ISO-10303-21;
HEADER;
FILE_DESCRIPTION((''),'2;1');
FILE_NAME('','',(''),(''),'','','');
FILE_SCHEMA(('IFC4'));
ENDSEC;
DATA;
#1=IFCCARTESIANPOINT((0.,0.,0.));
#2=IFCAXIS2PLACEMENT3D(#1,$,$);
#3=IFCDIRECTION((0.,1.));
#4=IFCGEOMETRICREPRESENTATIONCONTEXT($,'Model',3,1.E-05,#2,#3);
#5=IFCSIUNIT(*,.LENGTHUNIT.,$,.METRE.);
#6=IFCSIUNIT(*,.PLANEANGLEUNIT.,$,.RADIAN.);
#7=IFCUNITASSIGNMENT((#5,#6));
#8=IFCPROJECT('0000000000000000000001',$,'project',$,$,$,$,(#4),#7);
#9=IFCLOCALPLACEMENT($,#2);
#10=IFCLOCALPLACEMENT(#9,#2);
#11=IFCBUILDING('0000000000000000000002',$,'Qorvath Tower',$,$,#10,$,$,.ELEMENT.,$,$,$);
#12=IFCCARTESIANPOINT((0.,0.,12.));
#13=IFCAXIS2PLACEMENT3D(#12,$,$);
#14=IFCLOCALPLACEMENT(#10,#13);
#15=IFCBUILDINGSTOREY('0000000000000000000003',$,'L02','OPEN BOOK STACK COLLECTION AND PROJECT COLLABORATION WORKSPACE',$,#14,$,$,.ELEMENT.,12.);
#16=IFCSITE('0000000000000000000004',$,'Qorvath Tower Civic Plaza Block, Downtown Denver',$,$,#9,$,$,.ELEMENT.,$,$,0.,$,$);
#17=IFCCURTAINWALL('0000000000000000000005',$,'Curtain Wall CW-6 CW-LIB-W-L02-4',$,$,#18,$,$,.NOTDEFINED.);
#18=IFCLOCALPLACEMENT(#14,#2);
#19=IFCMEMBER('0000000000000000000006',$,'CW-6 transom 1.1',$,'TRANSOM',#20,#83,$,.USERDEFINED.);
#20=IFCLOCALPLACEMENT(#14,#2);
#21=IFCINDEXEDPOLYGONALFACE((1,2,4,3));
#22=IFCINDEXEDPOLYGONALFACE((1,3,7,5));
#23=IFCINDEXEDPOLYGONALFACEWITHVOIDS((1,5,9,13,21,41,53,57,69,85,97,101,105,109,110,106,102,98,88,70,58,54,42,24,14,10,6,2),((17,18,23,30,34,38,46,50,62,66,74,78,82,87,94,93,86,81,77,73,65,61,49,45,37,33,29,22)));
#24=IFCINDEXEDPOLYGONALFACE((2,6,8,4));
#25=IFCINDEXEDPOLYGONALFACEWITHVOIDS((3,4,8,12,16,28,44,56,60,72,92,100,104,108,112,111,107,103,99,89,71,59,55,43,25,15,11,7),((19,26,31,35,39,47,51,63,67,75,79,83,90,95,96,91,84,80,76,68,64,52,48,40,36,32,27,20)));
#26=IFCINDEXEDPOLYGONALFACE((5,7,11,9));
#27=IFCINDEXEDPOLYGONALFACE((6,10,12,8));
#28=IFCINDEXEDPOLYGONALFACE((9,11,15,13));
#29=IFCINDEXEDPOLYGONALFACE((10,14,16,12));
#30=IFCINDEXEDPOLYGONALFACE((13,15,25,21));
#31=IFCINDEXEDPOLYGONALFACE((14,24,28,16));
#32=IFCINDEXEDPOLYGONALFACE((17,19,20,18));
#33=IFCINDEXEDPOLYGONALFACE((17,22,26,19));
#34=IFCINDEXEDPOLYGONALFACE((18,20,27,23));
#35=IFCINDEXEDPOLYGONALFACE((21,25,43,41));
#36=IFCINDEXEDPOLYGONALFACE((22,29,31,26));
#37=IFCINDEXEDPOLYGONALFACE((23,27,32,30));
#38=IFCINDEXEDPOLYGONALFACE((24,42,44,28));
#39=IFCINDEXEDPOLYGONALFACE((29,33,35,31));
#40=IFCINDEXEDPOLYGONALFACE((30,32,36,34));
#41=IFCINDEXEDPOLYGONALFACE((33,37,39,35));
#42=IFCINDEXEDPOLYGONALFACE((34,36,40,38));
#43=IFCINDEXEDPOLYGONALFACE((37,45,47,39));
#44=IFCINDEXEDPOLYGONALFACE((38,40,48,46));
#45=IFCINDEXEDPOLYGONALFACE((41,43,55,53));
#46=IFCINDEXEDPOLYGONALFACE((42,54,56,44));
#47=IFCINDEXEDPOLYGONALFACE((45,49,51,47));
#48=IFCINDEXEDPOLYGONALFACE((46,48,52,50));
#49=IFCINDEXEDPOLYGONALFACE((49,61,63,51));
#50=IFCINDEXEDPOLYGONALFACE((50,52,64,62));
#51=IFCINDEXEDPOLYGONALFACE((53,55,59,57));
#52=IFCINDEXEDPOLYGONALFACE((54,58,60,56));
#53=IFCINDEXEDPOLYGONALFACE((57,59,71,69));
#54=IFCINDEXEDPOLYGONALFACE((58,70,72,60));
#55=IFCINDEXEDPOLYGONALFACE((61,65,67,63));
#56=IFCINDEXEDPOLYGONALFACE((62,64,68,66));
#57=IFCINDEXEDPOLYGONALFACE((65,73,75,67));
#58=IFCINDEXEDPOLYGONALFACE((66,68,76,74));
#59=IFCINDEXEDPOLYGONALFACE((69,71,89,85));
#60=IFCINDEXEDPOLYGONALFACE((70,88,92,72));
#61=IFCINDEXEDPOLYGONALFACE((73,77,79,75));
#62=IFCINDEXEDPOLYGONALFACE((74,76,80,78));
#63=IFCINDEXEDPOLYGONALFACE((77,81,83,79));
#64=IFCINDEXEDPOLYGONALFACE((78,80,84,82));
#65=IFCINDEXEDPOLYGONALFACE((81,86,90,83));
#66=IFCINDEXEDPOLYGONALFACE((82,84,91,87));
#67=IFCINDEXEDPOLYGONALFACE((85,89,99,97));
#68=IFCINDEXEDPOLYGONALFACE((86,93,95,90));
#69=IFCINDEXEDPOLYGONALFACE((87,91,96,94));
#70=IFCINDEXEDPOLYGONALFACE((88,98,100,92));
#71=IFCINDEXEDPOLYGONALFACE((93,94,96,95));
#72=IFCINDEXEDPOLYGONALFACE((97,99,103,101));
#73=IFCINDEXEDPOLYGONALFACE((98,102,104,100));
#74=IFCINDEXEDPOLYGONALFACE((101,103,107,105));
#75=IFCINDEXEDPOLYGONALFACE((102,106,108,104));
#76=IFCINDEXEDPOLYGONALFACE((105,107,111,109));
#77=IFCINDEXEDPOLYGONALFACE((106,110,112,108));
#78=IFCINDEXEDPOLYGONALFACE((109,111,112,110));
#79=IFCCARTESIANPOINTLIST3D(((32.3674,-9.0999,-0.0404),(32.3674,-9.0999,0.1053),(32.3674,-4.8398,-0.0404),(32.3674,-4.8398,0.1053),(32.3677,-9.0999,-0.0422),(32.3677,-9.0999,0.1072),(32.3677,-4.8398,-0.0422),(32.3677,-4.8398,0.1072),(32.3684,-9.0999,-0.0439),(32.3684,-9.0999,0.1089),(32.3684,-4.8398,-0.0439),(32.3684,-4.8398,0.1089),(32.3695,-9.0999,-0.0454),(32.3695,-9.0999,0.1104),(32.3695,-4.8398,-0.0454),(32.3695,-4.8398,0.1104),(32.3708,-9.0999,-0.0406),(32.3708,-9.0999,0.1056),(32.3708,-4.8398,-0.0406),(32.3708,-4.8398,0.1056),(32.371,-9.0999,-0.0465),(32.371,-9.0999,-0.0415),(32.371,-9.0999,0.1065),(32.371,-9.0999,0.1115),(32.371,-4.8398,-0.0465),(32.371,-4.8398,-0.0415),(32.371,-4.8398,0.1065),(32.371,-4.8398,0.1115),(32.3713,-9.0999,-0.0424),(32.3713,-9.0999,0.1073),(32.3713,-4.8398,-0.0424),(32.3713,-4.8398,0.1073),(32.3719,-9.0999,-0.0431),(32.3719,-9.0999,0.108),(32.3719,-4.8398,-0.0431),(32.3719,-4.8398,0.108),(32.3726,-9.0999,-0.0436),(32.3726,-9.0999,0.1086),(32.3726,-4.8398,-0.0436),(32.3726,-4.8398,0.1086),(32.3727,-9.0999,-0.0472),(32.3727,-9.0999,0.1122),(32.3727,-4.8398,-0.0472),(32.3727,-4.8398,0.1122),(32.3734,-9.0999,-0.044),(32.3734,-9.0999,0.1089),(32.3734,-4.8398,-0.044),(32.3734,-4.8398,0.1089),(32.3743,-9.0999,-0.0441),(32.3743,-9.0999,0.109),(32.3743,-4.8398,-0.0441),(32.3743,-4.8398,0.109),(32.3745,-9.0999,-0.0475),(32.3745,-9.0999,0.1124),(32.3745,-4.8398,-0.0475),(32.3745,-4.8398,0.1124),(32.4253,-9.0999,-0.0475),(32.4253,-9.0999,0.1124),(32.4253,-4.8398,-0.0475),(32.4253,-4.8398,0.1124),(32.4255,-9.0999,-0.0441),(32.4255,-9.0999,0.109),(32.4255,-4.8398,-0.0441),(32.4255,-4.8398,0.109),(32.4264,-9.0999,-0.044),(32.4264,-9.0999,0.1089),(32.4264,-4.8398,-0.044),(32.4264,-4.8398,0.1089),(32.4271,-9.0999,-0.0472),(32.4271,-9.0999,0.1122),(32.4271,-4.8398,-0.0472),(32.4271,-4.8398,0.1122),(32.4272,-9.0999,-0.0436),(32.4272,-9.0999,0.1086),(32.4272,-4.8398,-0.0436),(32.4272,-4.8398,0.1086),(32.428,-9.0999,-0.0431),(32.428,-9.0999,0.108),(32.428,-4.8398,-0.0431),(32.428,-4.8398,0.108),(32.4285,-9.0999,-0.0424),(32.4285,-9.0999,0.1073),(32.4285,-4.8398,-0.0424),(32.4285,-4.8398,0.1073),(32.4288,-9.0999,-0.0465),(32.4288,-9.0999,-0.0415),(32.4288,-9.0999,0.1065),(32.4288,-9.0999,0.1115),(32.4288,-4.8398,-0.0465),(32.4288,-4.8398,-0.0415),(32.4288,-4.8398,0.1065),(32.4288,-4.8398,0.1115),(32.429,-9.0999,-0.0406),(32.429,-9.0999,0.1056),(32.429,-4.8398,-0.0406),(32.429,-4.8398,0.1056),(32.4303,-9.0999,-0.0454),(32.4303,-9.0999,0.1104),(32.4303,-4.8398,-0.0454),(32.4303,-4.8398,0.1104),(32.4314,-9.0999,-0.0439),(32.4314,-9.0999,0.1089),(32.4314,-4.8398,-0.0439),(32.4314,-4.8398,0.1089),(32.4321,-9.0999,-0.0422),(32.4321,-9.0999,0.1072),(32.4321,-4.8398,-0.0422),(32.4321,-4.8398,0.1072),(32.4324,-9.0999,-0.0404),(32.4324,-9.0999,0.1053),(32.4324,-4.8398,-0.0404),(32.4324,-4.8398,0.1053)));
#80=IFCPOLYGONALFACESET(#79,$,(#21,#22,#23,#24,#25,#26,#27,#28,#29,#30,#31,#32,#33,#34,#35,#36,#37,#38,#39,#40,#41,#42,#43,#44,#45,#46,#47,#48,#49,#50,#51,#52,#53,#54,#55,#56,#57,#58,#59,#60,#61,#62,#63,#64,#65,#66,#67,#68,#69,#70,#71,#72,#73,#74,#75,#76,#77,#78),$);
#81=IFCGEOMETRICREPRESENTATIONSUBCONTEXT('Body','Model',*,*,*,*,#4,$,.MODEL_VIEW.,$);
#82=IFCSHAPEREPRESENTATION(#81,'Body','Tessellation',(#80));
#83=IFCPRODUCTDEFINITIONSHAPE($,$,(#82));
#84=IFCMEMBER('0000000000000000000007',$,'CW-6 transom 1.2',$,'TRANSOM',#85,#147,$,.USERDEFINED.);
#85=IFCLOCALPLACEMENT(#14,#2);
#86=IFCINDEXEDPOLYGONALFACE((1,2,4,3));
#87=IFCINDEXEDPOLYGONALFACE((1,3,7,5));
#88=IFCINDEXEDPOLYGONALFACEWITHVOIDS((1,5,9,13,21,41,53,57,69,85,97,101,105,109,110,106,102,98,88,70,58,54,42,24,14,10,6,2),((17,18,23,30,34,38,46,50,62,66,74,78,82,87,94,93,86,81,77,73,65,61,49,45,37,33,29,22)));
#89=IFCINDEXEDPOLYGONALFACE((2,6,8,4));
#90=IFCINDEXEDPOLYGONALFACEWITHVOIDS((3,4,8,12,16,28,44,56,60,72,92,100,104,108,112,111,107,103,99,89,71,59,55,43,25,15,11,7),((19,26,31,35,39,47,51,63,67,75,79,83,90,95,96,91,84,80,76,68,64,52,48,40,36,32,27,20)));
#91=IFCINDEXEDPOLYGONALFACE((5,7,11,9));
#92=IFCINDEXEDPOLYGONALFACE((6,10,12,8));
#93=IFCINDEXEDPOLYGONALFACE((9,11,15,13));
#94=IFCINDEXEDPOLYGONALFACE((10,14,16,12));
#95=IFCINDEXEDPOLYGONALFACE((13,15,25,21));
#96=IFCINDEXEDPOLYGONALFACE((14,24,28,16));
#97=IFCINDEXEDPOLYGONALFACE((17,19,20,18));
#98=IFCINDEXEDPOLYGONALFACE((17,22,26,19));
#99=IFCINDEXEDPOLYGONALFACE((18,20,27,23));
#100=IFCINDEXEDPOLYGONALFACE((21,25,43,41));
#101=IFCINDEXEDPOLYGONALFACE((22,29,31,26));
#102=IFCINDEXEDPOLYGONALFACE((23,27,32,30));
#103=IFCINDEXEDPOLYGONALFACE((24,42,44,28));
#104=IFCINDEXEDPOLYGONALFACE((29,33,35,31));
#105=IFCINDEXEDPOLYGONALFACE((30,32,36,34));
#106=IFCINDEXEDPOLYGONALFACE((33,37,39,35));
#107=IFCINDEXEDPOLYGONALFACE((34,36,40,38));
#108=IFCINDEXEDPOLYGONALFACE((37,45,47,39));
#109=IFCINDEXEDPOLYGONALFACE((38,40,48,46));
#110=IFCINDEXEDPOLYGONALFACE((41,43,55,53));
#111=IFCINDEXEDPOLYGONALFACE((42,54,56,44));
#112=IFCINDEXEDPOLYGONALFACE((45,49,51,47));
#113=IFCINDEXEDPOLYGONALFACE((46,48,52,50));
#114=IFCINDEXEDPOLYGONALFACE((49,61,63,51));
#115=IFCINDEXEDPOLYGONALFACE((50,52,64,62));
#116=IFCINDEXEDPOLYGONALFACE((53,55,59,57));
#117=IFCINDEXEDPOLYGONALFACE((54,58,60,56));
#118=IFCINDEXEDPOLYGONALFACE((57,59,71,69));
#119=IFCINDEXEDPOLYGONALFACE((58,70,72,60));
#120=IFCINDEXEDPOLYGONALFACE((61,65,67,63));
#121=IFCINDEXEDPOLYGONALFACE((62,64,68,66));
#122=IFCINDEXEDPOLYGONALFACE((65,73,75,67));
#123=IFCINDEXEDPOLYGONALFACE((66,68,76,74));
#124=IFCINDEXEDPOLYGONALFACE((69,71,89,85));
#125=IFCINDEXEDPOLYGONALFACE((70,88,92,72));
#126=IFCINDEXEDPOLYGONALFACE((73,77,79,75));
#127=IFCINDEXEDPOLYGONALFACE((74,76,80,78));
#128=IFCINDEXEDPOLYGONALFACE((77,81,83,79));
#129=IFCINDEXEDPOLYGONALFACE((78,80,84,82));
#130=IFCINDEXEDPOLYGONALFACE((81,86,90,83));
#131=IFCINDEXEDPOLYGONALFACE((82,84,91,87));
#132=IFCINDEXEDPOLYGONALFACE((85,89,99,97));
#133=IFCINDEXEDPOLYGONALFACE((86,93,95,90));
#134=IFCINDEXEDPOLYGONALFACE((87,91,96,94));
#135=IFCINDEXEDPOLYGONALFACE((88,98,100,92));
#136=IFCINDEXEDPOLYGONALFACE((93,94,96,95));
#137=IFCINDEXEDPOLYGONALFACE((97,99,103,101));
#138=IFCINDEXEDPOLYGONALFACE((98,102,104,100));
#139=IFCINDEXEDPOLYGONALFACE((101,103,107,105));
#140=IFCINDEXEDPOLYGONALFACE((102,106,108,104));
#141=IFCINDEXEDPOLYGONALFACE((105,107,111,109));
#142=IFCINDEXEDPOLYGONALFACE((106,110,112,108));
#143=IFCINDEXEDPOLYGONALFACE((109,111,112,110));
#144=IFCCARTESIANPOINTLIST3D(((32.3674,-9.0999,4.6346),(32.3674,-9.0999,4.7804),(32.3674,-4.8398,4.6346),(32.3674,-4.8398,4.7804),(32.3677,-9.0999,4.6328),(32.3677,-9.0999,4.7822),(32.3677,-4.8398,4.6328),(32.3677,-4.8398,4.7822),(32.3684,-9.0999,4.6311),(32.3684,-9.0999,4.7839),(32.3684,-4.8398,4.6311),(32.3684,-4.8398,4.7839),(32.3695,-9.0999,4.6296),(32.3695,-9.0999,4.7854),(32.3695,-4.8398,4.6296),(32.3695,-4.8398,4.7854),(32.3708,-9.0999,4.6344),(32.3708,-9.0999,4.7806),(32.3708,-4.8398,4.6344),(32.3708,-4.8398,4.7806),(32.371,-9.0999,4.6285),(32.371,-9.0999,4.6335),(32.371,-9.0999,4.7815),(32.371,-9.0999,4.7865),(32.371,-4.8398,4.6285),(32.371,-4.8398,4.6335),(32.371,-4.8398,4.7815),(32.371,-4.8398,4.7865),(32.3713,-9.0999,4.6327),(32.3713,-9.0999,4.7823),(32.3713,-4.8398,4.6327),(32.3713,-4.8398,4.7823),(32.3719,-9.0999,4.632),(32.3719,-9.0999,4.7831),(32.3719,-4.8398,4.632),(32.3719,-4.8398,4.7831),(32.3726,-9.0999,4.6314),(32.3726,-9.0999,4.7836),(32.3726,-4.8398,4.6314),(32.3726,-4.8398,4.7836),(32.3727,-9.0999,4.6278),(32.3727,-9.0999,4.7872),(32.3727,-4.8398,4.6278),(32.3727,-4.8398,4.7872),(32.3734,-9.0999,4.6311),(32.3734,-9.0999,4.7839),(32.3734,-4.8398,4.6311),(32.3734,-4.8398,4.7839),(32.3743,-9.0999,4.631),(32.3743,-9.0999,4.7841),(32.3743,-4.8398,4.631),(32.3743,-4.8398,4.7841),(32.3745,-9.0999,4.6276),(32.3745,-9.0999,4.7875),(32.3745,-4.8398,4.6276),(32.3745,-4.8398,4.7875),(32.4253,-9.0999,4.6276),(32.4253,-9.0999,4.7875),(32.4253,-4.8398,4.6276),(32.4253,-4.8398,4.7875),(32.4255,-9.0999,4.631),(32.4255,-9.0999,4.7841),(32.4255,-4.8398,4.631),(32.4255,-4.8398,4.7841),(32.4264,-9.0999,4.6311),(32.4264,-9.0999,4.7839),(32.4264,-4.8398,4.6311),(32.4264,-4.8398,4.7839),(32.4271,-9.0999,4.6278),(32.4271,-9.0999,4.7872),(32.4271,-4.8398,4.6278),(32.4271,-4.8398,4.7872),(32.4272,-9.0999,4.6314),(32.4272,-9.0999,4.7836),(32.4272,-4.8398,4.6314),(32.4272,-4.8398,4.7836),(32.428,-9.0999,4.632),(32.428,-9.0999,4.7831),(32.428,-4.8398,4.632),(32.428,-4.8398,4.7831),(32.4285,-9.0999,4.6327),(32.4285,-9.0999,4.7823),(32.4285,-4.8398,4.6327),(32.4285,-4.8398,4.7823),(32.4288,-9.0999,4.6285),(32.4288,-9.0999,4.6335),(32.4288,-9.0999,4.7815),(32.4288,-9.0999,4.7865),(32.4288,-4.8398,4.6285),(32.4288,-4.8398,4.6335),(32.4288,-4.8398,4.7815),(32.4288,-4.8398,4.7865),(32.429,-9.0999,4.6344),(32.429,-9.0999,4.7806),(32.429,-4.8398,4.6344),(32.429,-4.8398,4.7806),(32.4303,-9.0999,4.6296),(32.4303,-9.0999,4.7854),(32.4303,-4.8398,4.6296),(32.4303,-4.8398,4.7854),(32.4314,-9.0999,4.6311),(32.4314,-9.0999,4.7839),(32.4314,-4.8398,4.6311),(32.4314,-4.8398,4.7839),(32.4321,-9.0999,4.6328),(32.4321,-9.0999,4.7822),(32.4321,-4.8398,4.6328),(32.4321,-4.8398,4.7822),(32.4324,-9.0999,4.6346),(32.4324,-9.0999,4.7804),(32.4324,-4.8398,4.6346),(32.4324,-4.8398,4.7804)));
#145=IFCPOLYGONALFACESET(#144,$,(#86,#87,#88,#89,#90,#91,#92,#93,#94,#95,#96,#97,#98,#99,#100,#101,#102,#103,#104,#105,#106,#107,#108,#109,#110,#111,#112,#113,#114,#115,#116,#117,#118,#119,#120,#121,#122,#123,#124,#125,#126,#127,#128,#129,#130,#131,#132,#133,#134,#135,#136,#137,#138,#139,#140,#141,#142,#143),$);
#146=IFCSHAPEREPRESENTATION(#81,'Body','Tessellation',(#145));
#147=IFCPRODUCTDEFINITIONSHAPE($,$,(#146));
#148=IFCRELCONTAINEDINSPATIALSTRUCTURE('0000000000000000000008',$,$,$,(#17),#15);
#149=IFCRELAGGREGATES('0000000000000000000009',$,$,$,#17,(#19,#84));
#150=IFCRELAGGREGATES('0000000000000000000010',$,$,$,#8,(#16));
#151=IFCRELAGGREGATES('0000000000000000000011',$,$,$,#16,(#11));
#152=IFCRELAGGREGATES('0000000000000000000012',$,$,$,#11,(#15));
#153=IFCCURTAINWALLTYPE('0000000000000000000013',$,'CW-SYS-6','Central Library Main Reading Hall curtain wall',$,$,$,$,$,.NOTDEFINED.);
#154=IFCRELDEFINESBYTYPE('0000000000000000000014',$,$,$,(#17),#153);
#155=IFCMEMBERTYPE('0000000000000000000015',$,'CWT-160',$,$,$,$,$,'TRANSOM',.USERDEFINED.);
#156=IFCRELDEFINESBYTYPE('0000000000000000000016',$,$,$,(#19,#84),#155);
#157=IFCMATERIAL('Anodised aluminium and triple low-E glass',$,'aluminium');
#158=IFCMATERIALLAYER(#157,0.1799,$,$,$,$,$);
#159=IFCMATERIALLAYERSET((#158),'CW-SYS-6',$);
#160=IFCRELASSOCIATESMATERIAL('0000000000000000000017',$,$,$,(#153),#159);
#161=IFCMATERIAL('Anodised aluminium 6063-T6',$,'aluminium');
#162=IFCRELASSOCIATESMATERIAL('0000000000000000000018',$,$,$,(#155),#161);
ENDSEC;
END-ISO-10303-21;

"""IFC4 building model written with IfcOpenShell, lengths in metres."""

from ifc_helpers import new_model, si_unit, direction, frame, origin, origin_2d, place, context, subcontext, project, spatial, hollow_rectangle, extrude, material, layer, layer_set, material_profile, profile_set, type_object, element, aggregate, save


model = new_model("IFC4")

# Units and contexts
model_context = context("Model", 3, precision=1e-05, world=origin(), true_north=direction((0.0, 1.0)))
body_context = subcontext(model_context, "Body", "Model", "MODEL_VIEW")
ifc_project = project(units=[si_unit("LENGTHUNIT", "METRE"), si_unit("PLANEANGLEUNIT", "RADIAN")], contexts=[model_context])

# Site, building, storey
site_placement = place(None, origin())
site = spatial("IfcSite", under=ifc_project, at=site_placement, Name="Qorvath Tower Civic Plaza Block, Downtown Denver", CompositionType="ELEMENT", RefElevation=0.0)
building_placement = place(site_placement, origin())
building = spatial("IfcBuilding", under=site, at=building_placement, Name="Qorvath Tower", CompositionType="ELEMENT")
storey_placement = place(building_placement, frame((0.0, 0.0, 12.0)))
storey = spatial("IfcBuildingStorey", under=building, at=storey_placement, Name="L02", Description="OPEN BOOK STACK COLLECTION AND PROJECT COLLABORATION WORKSPACE", CompositionType="ELEMENT", Elevation=12.0)

# Shared definitions
ifc_material_1 = material(Name="Anodised aluminium and triple low-E glass", Category="aluminium")
ifc_layer_1 = layer(ifc_material_1, 0.1799)
ifc_layer_set_1 = layer_set([ifc_layer_1], Name="CW-SYS-6")
curtain_wall_type = type_object("IfcCurtainWallType", Name="CW-SYS-6", Description="Central Library Main Reading Hall curtain wall", PredefinedType="NOTDEFINED", material=ifc_layer_set_1)

# Curtain wall
curtain_wall_1_placement = place(storey_placement, origin())
curtain_wall_1 = element("IfcCurtainWall", 1, at=curtain_wall_1_placement, inside=storey, type_object=curtain_wall_type, Name="Curtain Wall CW-6 CW-LIB-W-L02-4", PredefinedType="NOTDEFINED")

# Members
ifc_material_2 = material(Name="Anodised aluminium 6063-T6", Category="aluminium")
ifc_material_profile_1 = material_profile(ifc_material_2, hollow_rectangle(XDim=0.0649, YDim=0.1599, WallThickness=0.0034, InnerFilletRadius=0.0034, OuterFilletRadius=0.0071, at=origin_2d()), Name="CWT 160x65")
ifc_profile_set_1 = profile_set([ifc_material_profile_1], Name="Anodised aluminium 6063-T6")
member_type_1 = type_object("IfcMemberType", Name="CWT-160", ElementType="TRANSOM", PredefinedType="USERDEFINED", material=ifc_profile_set_1)
member_1_placement = place(storey_placement, frame((32.3999, -9.0999, 0.0325), z_axis=(0.0, 1.0, 0.0), x_axis=(-1.0, 0.0, 0.0)))
member_1 = element("IfcMember", 2, at=member_1_placement, type_object=member_type_1, Name="CW-6 transom 1.1", ObjectType="TRANSOM", PredefinedType="USERDEFINED", context=body_context, shape_type="SweptSolid", body=[
    extrude(hollow_rectangle(XDim=0.0649, YDim=0.1599, WallThickness=0.0034, InnerFilletRadius=0.0034, OuterFilletRadius=0.0071, at=origin_2d()), origin(), (0.0, 0.0, 1.0), 4.26),
])
member_2_placement = place(storey_placement, frame((32.3999, -9.0999, 4.7075), z_axis=(0.0, 1.0, 0.0), x_axis=(-1.0, 0.0, 0.0)))
member_2 = element("IfcMember", 3, at=member_2_placement, type_object=member_type_1, Name="CW-6 transom 1.2", ObjectType="TRANSOM", PredefinedType="USERDEFINED", context=body_context, shape_type="SweptSolid", body=[
    extrude(hollow_rectangle(XDim=0.0649, YDim=0.1599, WallThickness=0.0034, InnerFilletRadius=0.0034, OuterFilletRadius=0.0071, at=origin_2d()), origin(), (0.0, 0.0, 1.0), 4.26),
])

aggregate(curtain_wall_1, [member_1, member_2])

save(model, "model.ifc")
